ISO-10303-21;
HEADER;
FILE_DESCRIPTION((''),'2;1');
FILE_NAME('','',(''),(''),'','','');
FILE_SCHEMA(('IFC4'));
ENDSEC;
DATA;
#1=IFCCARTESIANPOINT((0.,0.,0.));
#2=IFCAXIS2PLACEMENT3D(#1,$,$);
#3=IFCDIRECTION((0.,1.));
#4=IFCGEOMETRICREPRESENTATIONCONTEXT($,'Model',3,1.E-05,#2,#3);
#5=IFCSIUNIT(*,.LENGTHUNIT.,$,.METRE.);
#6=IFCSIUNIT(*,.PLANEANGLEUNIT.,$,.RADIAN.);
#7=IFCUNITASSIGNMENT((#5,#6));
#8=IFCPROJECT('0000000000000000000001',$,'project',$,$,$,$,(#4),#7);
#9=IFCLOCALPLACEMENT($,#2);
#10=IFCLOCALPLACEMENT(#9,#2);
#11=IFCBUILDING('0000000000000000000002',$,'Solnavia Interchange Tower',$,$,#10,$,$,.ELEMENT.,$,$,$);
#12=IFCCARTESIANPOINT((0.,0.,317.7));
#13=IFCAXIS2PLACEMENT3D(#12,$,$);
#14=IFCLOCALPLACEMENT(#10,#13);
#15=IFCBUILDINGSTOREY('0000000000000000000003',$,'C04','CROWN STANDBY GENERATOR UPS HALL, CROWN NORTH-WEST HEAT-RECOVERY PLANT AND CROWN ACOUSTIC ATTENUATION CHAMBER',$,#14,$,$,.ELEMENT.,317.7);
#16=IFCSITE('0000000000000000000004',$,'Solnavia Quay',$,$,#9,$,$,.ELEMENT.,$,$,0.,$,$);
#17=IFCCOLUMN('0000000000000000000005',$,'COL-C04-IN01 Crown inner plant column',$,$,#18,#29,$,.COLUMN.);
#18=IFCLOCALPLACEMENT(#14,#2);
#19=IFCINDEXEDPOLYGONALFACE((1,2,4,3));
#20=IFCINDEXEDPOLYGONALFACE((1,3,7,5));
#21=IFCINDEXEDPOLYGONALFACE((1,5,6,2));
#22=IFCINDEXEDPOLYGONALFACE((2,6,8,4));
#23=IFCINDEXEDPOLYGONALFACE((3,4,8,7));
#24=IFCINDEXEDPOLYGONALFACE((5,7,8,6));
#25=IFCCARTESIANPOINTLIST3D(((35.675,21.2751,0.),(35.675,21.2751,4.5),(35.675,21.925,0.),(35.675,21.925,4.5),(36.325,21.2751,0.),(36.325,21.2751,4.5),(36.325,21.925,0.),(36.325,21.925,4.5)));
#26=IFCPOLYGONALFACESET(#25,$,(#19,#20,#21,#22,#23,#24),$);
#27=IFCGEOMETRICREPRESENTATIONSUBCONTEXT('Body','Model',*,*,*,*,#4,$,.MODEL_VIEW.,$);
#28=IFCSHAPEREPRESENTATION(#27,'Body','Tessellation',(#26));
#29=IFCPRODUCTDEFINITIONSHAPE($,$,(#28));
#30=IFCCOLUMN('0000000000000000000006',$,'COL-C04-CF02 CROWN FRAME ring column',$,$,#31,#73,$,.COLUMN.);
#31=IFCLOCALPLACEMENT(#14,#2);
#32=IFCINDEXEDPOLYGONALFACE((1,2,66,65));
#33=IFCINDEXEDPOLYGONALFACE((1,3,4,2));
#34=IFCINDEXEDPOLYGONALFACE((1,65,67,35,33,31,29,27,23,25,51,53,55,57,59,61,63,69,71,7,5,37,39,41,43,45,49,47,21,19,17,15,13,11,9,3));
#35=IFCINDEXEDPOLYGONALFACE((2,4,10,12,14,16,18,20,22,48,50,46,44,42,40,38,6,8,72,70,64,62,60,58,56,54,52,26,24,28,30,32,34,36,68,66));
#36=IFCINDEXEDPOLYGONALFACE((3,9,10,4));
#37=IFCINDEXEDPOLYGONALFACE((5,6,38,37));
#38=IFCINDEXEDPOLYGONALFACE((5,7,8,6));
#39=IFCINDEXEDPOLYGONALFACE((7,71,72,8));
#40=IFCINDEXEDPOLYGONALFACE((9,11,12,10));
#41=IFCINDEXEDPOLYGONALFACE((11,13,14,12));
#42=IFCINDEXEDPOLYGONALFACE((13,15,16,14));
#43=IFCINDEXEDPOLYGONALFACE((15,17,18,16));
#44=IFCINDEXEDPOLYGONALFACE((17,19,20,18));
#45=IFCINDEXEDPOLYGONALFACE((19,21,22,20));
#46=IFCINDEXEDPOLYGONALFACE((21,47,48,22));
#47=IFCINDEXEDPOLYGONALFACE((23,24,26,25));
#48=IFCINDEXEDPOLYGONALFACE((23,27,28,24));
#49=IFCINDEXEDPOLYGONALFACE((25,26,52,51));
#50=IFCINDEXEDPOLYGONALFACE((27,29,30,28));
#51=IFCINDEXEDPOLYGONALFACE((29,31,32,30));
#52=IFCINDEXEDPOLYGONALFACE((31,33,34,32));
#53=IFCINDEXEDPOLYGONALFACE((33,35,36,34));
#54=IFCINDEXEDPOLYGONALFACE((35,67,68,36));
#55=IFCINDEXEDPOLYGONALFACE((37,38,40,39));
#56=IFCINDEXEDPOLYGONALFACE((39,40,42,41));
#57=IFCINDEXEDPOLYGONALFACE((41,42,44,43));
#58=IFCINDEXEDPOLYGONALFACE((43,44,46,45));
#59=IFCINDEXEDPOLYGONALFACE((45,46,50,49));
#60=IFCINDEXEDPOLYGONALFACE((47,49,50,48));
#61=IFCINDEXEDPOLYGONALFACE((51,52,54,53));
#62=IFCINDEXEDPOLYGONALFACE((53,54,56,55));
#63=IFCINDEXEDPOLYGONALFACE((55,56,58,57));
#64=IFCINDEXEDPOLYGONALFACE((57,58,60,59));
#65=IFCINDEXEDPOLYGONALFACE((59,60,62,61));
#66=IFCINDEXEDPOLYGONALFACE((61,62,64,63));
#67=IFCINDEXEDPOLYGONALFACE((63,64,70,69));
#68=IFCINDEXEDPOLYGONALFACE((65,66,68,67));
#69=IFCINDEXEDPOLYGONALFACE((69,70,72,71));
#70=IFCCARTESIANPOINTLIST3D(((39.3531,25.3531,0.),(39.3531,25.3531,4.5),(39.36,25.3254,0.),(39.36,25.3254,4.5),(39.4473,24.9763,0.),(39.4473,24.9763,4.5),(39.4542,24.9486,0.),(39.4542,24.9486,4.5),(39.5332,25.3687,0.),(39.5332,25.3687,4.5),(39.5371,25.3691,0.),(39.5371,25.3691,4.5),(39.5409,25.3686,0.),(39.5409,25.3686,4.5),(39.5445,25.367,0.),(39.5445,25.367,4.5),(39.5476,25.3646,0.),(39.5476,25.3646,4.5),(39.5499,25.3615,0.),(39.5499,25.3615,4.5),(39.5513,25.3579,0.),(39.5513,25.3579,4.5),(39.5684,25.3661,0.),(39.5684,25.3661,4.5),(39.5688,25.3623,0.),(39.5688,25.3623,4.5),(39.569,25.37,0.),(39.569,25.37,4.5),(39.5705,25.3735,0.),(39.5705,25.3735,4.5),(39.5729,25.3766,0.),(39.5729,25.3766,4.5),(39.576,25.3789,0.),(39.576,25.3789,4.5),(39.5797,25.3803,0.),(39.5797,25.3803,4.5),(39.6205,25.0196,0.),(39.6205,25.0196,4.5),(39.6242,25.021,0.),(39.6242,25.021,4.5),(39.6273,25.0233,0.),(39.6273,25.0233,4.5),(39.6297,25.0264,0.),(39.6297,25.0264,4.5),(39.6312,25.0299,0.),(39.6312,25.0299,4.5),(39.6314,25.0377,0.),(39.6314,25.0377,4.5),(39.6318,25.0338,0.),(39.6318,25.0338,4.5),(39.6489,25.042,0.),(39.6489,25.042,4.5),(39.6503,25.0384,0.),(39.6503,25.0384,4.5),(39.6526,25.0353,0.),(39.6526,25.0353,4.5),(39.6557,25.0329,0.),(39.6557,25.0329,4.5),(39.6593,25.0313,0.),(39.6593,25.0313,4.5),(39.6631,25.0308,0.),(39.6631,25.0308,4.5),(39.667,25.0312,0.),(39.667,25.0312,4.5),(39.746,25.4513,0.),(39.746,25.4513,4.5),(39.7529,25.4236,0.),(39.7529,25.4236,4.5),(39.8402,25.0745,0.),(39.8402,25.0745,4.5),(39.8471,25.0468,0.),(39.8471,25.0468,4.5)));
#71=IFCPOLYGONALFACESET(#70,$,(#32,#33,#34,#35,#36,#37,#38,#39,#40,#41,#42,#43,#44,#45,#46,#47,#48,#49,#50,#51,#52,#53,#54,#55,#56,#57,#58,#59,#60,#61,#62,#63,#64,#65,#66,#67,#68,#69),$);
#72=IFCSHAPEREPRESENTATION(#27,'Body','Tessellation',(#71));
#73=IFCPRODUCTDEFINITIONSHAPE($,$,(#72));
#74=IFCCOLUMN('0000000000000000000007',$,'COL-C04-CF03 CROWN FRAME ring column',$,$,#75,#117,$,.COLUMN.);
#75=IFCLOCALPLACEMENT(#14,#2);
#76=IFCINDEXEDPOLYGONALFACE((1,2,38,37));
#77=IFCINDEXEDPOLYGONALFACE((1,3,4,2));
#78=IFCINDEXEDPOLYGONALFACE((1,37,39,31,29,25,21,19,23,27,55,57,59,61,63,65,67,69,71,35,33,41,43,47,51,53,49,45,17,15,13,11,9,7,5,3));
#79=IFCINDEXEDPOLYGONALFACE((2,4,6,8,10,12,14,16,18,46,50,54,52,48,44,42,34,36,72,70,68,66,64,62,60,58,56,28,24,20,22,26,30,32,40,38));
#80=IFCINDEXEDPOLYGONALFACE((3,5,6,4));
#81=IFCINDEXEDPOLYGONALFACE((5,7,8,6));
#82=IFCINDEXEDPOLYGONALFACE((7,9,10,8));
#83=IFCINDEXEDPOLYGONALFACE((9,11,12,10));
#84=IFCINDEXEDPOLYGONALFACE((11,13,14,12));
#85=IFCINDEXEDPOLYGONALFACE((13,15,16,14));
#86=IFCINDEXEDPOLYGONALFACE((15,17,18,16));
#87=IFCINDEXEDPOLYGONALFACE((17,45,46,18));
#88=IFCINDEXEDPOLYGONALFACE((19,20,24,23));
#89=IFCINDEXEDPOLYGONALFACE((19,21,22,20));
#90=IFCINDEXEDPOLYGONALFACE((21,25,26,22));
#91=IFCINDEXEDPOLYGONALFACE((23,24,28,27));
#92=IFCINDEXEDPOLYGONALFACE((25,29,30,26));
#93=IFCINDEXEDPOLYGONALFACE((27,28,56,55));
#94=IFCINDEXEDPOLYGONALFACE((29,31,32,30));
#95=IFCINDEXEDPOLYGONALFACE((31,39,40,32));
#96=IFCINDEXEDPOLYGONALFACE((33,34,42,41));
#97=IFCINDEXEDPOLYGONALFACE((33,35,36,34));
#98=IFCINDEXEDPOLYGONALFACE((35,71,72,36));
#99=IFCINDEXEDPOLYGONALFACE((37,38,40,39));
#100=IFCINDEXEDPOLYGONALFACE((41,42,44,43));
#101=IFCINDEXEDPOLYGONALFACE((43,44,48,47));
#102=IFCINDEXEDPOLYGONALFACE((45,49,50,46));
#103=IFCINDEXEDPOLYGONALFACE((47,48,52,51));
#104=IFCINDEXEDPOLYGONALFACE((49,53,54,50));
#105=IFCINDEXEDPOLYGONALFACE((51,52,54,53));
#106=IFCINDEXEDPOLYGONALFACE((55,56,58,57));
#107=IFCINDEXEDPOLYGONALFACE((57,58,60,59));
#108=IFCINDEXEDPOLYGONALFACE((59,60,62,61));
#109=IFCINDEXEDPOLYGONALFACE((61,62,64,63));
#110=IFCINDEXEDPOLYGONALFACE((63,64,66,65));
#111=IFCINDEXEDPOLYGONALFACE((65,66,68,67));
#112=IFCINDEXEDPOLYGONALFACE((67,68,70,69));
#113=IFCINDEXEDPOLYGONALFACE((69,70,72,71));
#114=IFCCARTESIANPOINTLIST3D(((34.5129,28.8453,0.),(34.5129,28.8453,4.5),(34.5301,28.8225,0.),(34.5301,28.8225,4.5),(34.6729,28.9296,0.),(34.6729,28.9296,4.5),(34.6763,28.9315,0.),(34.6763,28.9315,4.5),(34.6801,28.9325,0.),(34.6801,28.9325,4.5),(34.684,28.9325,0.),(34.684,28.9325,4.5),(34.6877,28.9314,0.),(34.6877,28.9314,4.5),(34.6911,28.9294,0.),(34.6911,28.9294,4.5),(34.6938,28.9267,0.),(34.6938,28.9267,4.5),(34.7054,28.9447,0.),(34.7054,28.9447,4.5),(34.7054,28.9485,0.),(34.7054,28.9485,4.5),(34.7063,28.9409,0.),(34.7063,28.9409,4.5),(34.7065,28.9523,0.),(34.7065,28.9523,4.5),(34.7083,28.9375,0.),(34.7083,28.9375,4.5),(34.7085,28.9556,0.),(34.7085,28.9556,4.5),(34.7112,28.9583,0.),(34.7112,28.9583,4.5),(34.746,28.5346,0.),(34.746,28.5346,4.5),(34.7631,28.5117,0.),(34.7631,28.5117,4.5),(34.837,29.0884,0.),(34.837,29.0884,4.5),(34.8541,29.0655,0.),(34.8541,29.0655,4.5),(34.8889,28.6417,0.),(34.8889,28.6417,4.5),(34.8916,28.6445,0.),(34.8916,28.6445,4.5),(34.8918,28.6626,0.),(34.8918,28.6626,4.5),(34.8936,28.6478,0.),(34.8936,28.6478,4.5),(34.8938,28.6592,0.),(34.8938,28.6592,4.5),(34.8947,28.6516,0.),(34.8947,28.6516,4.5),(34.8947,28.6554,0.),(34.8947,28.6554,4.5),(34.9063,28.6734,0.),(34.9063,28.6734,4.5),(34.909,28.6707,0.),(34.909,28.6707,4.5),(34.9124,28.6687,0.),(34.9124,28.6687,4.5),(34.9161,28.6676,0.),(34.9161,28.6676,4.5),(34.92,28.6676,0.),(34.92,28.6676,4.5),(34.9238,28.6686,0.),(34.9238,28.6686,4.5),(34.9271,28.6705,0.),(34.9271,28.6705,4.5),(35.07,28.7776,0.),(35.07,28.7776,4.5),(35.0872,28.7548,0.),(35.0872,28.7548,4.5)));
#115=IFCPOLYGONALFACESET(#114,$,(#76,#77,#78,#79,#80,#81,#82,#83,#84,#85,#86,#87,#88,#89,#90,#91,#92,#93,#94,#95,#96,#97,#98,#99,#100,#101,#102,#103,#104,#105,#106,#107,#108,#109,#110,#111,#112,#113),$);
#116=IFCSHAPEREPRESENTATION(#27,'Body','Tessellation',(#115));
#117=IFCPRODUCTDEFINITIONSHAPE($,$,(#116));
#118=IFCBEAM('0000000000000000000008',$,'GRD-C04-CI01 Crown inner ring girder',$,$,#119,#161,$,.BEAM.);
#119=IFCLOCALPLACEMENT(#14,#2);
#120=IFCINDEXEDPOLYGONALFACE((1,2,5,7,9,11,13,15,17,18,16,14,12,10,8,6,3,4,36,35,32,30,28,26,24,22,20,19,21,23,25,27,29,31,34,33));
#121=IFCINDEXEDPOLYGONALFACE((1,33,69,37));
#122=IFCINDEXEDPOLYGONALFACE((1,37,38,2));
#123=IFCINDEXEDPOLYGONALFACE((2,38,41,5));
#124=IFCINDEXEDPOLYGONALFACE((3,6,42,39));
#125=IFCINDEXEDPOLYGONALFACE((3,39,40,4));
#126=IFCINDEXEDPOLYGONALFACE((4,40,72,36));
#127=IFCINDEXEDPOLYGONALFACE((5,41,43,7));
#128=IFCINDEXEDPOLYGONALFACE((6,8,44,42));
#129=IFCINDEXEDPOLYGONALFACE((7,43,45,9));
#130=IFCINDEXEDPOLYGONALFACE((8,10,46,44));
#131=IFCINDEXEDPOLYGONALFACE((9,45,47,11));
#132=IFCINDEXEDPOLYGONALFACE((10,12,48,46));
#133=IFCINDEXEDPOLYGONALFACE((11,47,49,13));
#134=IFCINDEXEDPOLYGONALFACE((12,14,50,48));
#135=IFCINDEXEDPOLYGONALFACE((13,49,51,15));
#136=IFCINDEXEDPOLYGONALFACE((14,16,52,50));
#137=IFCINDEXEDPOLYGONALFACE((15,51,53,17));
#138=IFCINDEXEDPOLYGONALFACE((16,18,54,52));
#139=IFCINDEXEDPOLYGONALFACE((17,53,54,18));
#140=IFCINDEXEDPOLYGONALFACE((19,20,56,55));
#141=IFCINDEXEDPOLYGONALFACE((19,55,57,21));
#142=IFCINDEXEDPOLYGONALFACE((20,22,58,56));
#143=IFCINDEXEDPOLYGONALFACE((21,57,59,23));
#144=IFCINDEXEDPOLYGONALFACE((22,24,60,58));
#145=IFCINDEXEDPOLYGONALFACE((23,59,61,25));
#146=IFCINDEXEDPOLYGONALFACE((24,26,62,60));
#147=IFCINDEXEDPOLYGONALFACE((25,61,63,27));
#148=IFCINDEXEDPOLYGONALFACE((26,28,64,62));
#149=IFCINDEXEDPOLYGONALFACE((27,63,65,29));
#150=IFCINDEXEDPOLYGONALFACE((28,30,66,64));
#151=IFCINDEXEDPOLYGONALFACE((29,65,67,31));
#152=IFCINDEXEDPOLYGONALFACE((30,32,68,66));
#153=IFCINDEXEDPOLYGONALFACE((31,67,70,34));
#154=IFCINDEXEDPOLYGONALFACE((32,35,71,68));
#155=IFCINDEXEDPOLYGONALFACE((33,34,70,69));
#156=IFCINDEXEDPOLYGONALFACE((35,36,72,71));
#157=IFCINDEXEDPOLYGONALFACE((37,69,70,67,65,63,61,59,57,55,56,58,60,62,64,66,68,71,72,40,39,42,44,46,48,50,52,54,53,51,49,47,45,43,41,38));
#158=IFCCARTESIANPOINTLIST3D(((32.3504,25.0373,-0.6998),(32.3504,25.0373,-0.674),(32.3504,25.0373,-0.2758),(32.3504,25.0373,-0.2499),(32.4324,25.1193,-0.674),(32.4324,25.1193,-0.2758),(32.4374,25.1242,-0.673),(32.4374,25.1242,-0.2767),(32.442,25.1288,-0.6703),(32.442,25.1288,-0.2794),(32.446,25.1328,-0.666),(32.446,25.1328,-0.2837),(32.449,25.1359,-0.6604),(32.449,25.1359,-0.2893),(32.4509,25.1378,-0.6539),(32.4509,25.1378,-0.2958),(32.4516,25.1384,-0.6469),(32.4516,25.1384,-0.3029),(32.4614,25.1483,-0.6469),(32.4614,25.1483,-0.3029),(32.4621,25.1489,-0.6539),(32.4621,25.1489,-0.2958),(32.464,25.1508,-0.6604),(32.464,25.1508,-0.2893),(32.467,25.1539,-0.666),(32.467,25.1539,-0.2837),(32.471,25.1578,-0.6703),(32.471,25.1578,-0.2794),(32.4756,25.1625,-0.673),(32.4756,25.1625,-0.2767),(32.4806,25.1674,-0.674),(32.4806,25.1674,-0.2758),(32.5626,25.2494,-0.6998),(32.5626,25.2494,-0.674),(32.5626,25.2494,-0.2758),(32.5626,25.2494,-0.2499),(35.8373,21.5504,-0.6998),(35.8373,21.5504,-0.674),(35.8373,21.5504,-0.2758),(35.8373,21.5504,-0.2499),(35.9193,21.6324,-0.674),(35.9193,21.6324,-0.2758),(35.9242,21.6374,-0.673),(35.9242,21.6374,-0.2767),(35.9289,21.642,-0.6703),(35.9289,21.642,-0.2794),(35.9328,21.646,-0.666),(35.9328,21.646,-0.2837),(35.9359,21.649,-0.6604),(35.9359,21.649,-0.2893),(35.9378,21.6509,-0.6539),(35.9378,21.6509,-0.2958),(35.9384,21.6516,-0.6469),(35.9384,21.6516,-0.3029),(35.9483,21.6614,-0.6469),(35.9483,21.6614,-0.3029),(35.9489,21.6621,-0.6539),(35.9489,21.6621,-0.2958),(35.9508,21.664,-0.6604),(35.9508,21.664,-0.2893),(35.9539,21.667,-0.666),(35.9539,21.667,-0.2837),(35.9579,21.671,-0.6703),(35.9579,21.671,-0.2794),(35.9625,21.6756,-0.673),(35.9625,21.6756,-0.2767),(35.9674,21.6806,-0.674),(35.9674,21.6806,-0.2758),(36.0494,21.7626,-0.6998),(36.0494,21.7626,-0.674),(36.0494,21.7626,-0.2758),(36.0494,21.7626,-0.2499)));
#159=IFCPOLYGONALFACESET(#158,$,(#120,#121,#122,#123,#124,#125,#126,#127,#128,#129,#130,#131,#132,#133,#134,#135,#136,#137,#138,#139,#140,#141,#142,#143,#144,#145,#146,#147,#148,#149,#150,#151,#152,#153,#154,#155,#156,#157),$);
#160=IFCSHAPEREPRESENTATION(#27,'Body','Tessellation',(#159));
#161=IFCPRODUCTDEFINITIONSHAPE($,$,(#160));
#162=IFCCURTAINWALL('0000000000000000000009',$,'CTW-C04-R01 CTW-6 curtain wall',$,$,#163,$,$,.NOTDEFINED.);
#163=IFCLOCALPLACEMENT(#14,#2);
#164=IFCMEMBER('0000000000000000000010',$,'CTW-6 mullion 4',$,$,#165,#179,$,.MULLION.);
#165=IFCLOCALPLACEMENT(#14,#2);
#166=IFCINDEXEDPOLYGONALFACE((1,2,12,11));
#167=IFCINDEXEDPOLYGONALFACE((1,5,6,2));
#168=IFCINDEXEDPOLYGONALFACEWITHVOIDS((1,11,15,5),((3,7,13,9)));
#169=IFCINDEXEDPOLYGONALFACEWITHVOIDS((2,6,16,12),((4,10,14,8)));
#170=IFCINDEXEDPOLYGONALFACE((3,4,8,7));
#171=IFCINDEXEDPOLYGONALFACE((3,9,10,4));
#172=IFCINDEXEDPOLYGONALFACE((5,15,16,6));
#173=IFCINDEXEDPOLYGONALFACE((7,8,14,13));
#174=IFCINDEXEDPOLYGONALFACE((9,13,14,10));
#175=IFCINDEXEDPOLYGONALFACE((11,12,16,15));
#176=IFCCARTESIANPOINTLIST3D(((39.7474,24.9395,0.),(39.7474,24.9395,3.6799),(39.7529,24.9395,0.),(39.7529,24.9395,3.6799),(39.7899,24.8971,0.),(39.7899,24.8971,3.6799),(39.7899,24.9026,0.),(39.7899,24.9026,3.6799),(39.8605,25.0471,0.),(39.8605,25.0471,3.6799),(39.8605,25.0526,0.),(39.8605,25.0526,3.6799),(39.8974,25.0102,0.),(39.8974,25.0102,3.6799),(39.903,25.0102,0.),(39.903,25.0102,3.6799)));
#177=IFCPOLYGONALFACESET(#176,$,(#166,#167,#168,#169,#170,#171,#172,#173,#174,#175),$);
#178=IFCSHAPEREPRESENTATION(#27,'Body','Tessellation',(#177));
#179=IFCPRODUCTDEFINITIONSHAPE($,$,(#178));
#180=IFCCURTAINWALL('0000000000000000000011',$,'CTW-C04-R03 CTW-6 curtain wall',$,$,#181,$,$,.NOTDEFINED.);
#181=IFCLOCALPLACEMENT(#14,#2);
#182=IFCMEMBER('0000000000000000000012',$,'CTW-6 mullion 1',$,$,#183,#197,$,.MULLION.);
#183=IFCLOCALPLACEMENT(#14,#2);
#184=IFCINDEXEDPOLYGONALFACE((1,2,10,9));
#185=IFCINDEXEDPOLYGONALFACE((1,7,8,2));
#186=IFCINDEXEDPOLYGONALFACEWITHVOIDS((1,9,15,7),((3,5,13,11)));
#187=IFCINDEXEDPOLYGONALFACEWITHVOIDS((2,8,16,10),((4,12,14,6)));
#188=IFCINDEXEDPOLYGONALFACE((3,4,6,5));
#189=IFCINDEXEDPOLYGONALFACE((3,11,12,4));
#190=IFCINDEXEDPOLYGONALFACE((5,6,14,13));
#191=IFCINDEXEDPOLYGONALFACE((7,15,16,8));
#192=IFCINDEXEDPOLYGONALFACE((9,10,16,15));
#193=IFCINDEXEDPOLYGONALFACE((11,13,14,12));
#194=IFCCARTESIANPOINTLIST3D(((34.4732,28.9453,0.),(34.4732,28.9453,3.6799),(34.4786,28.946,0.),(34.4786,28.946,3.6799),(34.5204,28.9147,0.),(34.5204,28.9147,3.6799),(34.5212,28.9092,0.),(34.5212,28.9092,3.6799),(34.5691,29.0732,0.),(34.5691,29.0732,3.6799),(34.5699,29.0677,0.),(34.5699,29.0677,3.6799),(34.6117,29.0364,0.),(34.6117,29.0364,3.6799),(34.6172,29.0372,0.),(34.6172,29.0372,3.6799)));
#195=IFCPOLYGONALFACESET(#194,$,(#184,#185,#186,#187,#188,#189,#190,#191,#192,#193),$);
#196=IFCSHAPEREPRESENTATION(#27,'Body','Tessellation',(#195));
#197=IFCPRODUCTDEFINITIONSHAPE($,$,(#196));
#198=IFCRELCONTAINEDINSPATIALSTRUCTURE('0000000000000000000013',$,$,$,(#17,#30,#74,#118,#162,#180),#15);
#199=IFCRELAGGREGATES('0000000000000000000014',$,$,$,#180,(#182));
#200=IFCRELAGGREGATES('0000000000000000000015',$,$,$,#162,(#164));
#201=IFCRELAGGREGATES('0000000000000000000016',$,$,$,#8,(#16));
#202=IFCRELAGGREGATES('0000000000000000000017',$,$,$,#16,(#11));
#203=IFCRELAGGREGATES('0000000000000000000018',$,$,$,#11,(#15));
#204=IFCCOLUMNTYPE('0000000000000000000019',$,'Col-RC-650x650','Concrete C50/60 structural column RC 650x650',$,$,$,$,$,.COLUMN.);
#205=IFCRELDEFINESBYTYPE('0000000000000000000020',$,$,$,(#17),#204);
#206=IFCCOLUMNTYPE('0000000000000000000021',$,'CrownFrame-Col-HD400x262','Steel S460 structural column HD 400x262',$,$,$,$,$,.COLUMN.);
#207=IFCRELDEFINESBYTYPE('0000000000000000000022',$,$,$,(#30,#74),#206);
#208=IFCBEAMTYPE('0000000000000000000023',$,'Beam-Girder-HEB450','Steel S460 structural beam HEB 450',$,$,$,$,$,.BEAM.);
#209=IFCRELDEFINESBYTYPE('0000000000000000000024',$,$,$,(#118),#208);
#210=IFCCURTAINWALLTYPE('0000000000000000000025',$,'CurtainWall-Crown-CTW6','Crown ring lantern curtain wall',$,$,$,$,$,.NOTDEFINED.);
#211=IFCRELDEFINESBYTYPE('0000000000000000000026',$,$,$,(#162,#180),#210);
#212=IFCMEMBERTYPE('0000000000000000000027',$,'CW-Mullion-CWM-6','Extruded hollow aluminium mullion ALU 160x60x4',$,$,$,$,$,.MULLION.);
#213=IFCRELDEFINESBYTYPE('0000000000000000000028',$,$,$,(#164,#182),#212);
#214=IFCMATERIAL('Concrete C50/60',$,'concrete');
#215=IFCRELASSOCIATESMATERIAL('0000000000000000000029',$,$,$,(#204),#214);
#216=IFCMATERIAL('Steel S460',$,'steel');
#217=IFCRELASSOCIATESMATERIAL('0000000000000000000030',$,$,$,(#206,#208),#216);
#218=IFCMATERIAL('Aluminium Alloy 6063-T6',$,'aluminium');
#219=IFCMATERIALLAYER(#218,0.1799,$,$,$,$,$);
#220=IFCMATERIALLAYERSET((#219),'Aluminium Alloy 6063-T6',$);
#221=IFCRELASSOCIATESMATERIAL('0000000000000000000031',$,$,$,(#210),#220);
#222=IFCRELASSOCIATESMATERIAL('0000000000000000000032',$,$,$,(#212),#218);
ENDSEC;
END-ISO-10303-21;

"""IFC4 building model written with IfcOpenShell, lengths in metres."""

from ifc_helpers import new_model, si_unit, direction, frame, origin, origin_2d, place, context, subcontext, project, spatial, rectangle, hollow_rectangle, i_section, extrude, material, layer, layer_set, material_profile, profile_set, type_object, element, aggregate, save


model = new_model("IFC4")

# Units and contexts
model_context = context("Model", 3, precision=1e-05, world=origin(), true_north=direction((0.0, 1.0)))
body_context = subcontext(model_context, "Body", "Model", "MODEL_VIEW")
ifc_project = project(units=[si_unit("LENGTHUNIT", "METRE"), si_unit("PLANEANGLEUNIT", "RADIAN")], contexts=[model_context])

# Site, building, storey
site_placement = place(None, origin())
site = spatial("IfcSite", under=ifc_project, at=site_placement, Name="Solnavia Quay", CompositionType="ELEMENT", RefElevation=0.0)
building_placement = place(site_placement, origin())
building = spatial("IfcBuilding", under=site, at=building_placement, Name="Solnavia Interchange Tower", CompositionType="ELEMENT")
storey_placement = place(building_placement, frame((0.0, 0.0, 317.7)))
storey = spatial("IfcBuildingStorey", under=building, at=storey_placement, Name="C04", Description="CROWN STANDBY GENERATOR UPS HALL, CROWN NORTH-WEST HEAT-RECOVERY PLANT AND CROWN ACOUSTIC ATTENUATION CHAMBER", CompositionType="ELEMENT", Elevation=317.7)

# Columns
ifc_material_1 = material(Name="Concrete C50/60", Category="concrete")
ifc_material_profile_1 = material_profile(ifc_material_1, rectangle(XDim=0.6499, YDim=0.6499, at=origin_2d()), Name="RC 650x650")
ifc_profile_set_1 = profile_set([ifc_material_profile_1], Name="Concrete C50/60")
column_type_1 = type_object("IfcColumnType", Name="Col-RC-650x650", Description="Concrete C50/60 structural column RC 650x650", PredefinedType="COLUMN", material=ifc_profile_set_1)
column_placement = place(storey_placement, frame((36.0, 21.6001, 0.0), z_axis=(0.0, 0.0, 1.0), x_axis=(1.0, 0.0, 0.0)))
element("IfcColumn", 1, at=column_placement, inside=storey, type_object=column_type_1, Name="COL-C04-IN01 Crown inner plant column", PredefinedType="COLUMN", context=body_context, shape_type="SweptSolid", body=[
    extrude(rectangle(XDim=0.6499, YDim=0.6499, at=origin_2d()), origin(), (0.0, 0.0, 1.0), 4.5),
])
ifc_material_2 = material(Name="Steel S460", Category="steel")
ifc_material_profile_2 = material_profile(ifc_material_2, i_section(OverallWidth=0.405, OverallDepth=0.417, WebThickness=0.0181, FlangeThickness=0.0286, FilletRadius=0.0149, at=origin_2d()), Name="HD 400x262")
ifc_profile_set_2 = profile_set([ifc_material_profile_2], Name="Steel S460")
column_type_2 = type_object("IfcColumnType", Name="CrownFrame-Col-HD400x262", Description="Steel S460 structural column HD 400x262", PredefinedType="COLUMN", material=ifc_profile_set_2)
for number, where, z_axis, x_axis, name in (
    (2, (39.6001, 25.2, 0.0), (0.0, 0.0, 1.0), (0.970127, 0.242599, 0.0), "COL-C04-CF02 CROWN FRAME ring column"),
    (3, (34.8, 28.8, 0.0), (0.0, 0.0, 1.0), (0.799999, 0.600001, 0.0), "COL-C04-CF03 CROWN FRAME ring column"),
):
    element("IfcColumn", number, at=place(storey_placement, frame(where, z_axis=z_axis, x_axis=x_axis)), inside=storey, type_object=column_type_2, Name=name, PredefinedType="COLUMN", context=body_context, shape_type="SweptSolid", body=[
        extrude(i_section(OverallWidth=0.405, OverallDepth=0.417, WebThickness=0.0181, FlangeThickness=0.0286, FilletRadius=0.0149, at=origin_2d()), origin(), (0.0, 0.0, 1.0), 4.5),
    ])

# Beam
ifc_material_profile_3 = material_profile(ifc_material_2, i_section(OverallWidth=0.3, OverallDepth=0.45, WebThickness=0.0139, FlangeThickness=0.0259, FilletRadius=0.0271, at=origin_2d()), Name="HEB 450")
ifc_profile_set_3 = profile_set([ifc_material_profile_3], Name="Steel S460")
beam_type_1 = type_object("IfcBeamType", Name="Beam-Girder-HEB450", Description="Steel S460 structural beam HEB 450", PredefinedType="BEAM", material=ifc_profile_set_3)
beam_1_placement = place(storey_placement, frame((35.9434, 21.6565, -0.4749), z_axis=(-0.707107, 0.707107, 0.0), x_axis=(-0.707107, -0.707107, 0.0)))
element("IfcBeam", 4, at=beam_1_placement, inside=storey, type_object=beam_type_1, Name="GRD-C04-CI01 Crown inner ring girder", PredefinedType="BEAM", context=body_context, shape_type="SweptSolid", body=[
    extrude(i_section(OverallWidth=0.3, OverallDepth=0.45, WebThickness=0.0139, FlangeThickness=0.0259, FilletRadius=0.0271, at=origin_2d()), origin(), (0.0, 0.0, 1.0), 4.9312),
])

# Curtain wall, member
ifc_material_3 = material(Name="Aluminium Alloy 6063-T6", Category="aluminium")
ifc_layer_1 = layer(ifc_material_3, 0.1799)
ifc_layer_set_1 = layer_set([ifc_layer_1], Name="Aluminium Alloy 6063-T6")
curtain_wall_type = type_object("IfcCurtainWallType", Name="CurtainWall-Crown-CTW6", Description="Crown ring lantern curtain wall", PredefinedType="NOTDEFINED", material=ifc_layer_set_1)
curtain_wall_1_placement = place(storey_placement, origin())
curtain_wall_1 = element("IfcCurtainWall", 5, at=curtain_wall_1_placement, inside=storey, type_object=curtain_wall_type, Name="CTW-C04-R01 CTW-6 curtain wall", PredefinedType="NOTDEFINED")
ifc_material_profile_4 = material_profile(ifc_material_3, hollow_rectangle(XDim=0.0601, YDim=0.1599, WallThickness=0.0039, at=origin_2d()), Name="ALU 160x60x4")
ifc_profile_set_4 = profile_set([ifc_material_profile_4], Name="Aluminium Alloy 6063-T6")
member_type_1 = type_object("IfcMemberType", Name="CW-Mullion-CWM-6", Description="Extruded hollow aluminium mullion ALU 160x60x4", PredefinedType="MULLION", material=ifc_profile_set_4)
member_1_placement = place(storey_placement, frame((39.8252, 24.9749, 0.0), z_axis=(0.0, 0.0, 1.0), x_axis=(-0.707107, 0.707107, 0.0)))
member_1 = element("IfcMember", 6, at=member_1_placement, type_object=member_type_1, Name="CTW-6 mullion 4", PredefinedType="MULLION", context=body_context, shape_type="SweptSolid", body=[
    extrude(hollow_rectangle(XDim=0.0601, YDim=0.1599, WallThickness=0.0039, at=origin_2d()), origin(), (0.0, 0.0, 1.0), 3.6799),
])

# Curtain wall, member
curtain_wall_2_placement = place(storey_placement, origin())
curtain_wall_2 = element("IfcCurtainWall", 7, at=curtain_wall_2_placement, inside=storey, type_object=curtain_wall_type, Name="CTW-C04-R03 CTW-6 curtain wall", PredefinedType="NOTDEFINED")
member_2_placement = place(storey_placement, frame((34.5452, 28.9912, 0.0), z_axis=(0.0, 0.0, 1.0), x_axis=(-0.8, 0.6, 0.0)))
member_2 = element("IfcMember", 8, at=member_2_placement, type_object=member_type_1, Name="CTW-6 mullion 1", PredefinedType="MULLION", context=body_context, shape_type="SweptSolid", body=[
    extrude(hollow_rectangle(XDim=0.0601, YDim=0.1599, WallThickness=0.0039, at=origin_2d()), origin(), (0.0, 0.0, 1.0), 3.6799),
])
aggregate(curtain_wall_2, [member_2])

aggregate(curtain_wall_1, [member_1])

save(model, "model.ifc")
